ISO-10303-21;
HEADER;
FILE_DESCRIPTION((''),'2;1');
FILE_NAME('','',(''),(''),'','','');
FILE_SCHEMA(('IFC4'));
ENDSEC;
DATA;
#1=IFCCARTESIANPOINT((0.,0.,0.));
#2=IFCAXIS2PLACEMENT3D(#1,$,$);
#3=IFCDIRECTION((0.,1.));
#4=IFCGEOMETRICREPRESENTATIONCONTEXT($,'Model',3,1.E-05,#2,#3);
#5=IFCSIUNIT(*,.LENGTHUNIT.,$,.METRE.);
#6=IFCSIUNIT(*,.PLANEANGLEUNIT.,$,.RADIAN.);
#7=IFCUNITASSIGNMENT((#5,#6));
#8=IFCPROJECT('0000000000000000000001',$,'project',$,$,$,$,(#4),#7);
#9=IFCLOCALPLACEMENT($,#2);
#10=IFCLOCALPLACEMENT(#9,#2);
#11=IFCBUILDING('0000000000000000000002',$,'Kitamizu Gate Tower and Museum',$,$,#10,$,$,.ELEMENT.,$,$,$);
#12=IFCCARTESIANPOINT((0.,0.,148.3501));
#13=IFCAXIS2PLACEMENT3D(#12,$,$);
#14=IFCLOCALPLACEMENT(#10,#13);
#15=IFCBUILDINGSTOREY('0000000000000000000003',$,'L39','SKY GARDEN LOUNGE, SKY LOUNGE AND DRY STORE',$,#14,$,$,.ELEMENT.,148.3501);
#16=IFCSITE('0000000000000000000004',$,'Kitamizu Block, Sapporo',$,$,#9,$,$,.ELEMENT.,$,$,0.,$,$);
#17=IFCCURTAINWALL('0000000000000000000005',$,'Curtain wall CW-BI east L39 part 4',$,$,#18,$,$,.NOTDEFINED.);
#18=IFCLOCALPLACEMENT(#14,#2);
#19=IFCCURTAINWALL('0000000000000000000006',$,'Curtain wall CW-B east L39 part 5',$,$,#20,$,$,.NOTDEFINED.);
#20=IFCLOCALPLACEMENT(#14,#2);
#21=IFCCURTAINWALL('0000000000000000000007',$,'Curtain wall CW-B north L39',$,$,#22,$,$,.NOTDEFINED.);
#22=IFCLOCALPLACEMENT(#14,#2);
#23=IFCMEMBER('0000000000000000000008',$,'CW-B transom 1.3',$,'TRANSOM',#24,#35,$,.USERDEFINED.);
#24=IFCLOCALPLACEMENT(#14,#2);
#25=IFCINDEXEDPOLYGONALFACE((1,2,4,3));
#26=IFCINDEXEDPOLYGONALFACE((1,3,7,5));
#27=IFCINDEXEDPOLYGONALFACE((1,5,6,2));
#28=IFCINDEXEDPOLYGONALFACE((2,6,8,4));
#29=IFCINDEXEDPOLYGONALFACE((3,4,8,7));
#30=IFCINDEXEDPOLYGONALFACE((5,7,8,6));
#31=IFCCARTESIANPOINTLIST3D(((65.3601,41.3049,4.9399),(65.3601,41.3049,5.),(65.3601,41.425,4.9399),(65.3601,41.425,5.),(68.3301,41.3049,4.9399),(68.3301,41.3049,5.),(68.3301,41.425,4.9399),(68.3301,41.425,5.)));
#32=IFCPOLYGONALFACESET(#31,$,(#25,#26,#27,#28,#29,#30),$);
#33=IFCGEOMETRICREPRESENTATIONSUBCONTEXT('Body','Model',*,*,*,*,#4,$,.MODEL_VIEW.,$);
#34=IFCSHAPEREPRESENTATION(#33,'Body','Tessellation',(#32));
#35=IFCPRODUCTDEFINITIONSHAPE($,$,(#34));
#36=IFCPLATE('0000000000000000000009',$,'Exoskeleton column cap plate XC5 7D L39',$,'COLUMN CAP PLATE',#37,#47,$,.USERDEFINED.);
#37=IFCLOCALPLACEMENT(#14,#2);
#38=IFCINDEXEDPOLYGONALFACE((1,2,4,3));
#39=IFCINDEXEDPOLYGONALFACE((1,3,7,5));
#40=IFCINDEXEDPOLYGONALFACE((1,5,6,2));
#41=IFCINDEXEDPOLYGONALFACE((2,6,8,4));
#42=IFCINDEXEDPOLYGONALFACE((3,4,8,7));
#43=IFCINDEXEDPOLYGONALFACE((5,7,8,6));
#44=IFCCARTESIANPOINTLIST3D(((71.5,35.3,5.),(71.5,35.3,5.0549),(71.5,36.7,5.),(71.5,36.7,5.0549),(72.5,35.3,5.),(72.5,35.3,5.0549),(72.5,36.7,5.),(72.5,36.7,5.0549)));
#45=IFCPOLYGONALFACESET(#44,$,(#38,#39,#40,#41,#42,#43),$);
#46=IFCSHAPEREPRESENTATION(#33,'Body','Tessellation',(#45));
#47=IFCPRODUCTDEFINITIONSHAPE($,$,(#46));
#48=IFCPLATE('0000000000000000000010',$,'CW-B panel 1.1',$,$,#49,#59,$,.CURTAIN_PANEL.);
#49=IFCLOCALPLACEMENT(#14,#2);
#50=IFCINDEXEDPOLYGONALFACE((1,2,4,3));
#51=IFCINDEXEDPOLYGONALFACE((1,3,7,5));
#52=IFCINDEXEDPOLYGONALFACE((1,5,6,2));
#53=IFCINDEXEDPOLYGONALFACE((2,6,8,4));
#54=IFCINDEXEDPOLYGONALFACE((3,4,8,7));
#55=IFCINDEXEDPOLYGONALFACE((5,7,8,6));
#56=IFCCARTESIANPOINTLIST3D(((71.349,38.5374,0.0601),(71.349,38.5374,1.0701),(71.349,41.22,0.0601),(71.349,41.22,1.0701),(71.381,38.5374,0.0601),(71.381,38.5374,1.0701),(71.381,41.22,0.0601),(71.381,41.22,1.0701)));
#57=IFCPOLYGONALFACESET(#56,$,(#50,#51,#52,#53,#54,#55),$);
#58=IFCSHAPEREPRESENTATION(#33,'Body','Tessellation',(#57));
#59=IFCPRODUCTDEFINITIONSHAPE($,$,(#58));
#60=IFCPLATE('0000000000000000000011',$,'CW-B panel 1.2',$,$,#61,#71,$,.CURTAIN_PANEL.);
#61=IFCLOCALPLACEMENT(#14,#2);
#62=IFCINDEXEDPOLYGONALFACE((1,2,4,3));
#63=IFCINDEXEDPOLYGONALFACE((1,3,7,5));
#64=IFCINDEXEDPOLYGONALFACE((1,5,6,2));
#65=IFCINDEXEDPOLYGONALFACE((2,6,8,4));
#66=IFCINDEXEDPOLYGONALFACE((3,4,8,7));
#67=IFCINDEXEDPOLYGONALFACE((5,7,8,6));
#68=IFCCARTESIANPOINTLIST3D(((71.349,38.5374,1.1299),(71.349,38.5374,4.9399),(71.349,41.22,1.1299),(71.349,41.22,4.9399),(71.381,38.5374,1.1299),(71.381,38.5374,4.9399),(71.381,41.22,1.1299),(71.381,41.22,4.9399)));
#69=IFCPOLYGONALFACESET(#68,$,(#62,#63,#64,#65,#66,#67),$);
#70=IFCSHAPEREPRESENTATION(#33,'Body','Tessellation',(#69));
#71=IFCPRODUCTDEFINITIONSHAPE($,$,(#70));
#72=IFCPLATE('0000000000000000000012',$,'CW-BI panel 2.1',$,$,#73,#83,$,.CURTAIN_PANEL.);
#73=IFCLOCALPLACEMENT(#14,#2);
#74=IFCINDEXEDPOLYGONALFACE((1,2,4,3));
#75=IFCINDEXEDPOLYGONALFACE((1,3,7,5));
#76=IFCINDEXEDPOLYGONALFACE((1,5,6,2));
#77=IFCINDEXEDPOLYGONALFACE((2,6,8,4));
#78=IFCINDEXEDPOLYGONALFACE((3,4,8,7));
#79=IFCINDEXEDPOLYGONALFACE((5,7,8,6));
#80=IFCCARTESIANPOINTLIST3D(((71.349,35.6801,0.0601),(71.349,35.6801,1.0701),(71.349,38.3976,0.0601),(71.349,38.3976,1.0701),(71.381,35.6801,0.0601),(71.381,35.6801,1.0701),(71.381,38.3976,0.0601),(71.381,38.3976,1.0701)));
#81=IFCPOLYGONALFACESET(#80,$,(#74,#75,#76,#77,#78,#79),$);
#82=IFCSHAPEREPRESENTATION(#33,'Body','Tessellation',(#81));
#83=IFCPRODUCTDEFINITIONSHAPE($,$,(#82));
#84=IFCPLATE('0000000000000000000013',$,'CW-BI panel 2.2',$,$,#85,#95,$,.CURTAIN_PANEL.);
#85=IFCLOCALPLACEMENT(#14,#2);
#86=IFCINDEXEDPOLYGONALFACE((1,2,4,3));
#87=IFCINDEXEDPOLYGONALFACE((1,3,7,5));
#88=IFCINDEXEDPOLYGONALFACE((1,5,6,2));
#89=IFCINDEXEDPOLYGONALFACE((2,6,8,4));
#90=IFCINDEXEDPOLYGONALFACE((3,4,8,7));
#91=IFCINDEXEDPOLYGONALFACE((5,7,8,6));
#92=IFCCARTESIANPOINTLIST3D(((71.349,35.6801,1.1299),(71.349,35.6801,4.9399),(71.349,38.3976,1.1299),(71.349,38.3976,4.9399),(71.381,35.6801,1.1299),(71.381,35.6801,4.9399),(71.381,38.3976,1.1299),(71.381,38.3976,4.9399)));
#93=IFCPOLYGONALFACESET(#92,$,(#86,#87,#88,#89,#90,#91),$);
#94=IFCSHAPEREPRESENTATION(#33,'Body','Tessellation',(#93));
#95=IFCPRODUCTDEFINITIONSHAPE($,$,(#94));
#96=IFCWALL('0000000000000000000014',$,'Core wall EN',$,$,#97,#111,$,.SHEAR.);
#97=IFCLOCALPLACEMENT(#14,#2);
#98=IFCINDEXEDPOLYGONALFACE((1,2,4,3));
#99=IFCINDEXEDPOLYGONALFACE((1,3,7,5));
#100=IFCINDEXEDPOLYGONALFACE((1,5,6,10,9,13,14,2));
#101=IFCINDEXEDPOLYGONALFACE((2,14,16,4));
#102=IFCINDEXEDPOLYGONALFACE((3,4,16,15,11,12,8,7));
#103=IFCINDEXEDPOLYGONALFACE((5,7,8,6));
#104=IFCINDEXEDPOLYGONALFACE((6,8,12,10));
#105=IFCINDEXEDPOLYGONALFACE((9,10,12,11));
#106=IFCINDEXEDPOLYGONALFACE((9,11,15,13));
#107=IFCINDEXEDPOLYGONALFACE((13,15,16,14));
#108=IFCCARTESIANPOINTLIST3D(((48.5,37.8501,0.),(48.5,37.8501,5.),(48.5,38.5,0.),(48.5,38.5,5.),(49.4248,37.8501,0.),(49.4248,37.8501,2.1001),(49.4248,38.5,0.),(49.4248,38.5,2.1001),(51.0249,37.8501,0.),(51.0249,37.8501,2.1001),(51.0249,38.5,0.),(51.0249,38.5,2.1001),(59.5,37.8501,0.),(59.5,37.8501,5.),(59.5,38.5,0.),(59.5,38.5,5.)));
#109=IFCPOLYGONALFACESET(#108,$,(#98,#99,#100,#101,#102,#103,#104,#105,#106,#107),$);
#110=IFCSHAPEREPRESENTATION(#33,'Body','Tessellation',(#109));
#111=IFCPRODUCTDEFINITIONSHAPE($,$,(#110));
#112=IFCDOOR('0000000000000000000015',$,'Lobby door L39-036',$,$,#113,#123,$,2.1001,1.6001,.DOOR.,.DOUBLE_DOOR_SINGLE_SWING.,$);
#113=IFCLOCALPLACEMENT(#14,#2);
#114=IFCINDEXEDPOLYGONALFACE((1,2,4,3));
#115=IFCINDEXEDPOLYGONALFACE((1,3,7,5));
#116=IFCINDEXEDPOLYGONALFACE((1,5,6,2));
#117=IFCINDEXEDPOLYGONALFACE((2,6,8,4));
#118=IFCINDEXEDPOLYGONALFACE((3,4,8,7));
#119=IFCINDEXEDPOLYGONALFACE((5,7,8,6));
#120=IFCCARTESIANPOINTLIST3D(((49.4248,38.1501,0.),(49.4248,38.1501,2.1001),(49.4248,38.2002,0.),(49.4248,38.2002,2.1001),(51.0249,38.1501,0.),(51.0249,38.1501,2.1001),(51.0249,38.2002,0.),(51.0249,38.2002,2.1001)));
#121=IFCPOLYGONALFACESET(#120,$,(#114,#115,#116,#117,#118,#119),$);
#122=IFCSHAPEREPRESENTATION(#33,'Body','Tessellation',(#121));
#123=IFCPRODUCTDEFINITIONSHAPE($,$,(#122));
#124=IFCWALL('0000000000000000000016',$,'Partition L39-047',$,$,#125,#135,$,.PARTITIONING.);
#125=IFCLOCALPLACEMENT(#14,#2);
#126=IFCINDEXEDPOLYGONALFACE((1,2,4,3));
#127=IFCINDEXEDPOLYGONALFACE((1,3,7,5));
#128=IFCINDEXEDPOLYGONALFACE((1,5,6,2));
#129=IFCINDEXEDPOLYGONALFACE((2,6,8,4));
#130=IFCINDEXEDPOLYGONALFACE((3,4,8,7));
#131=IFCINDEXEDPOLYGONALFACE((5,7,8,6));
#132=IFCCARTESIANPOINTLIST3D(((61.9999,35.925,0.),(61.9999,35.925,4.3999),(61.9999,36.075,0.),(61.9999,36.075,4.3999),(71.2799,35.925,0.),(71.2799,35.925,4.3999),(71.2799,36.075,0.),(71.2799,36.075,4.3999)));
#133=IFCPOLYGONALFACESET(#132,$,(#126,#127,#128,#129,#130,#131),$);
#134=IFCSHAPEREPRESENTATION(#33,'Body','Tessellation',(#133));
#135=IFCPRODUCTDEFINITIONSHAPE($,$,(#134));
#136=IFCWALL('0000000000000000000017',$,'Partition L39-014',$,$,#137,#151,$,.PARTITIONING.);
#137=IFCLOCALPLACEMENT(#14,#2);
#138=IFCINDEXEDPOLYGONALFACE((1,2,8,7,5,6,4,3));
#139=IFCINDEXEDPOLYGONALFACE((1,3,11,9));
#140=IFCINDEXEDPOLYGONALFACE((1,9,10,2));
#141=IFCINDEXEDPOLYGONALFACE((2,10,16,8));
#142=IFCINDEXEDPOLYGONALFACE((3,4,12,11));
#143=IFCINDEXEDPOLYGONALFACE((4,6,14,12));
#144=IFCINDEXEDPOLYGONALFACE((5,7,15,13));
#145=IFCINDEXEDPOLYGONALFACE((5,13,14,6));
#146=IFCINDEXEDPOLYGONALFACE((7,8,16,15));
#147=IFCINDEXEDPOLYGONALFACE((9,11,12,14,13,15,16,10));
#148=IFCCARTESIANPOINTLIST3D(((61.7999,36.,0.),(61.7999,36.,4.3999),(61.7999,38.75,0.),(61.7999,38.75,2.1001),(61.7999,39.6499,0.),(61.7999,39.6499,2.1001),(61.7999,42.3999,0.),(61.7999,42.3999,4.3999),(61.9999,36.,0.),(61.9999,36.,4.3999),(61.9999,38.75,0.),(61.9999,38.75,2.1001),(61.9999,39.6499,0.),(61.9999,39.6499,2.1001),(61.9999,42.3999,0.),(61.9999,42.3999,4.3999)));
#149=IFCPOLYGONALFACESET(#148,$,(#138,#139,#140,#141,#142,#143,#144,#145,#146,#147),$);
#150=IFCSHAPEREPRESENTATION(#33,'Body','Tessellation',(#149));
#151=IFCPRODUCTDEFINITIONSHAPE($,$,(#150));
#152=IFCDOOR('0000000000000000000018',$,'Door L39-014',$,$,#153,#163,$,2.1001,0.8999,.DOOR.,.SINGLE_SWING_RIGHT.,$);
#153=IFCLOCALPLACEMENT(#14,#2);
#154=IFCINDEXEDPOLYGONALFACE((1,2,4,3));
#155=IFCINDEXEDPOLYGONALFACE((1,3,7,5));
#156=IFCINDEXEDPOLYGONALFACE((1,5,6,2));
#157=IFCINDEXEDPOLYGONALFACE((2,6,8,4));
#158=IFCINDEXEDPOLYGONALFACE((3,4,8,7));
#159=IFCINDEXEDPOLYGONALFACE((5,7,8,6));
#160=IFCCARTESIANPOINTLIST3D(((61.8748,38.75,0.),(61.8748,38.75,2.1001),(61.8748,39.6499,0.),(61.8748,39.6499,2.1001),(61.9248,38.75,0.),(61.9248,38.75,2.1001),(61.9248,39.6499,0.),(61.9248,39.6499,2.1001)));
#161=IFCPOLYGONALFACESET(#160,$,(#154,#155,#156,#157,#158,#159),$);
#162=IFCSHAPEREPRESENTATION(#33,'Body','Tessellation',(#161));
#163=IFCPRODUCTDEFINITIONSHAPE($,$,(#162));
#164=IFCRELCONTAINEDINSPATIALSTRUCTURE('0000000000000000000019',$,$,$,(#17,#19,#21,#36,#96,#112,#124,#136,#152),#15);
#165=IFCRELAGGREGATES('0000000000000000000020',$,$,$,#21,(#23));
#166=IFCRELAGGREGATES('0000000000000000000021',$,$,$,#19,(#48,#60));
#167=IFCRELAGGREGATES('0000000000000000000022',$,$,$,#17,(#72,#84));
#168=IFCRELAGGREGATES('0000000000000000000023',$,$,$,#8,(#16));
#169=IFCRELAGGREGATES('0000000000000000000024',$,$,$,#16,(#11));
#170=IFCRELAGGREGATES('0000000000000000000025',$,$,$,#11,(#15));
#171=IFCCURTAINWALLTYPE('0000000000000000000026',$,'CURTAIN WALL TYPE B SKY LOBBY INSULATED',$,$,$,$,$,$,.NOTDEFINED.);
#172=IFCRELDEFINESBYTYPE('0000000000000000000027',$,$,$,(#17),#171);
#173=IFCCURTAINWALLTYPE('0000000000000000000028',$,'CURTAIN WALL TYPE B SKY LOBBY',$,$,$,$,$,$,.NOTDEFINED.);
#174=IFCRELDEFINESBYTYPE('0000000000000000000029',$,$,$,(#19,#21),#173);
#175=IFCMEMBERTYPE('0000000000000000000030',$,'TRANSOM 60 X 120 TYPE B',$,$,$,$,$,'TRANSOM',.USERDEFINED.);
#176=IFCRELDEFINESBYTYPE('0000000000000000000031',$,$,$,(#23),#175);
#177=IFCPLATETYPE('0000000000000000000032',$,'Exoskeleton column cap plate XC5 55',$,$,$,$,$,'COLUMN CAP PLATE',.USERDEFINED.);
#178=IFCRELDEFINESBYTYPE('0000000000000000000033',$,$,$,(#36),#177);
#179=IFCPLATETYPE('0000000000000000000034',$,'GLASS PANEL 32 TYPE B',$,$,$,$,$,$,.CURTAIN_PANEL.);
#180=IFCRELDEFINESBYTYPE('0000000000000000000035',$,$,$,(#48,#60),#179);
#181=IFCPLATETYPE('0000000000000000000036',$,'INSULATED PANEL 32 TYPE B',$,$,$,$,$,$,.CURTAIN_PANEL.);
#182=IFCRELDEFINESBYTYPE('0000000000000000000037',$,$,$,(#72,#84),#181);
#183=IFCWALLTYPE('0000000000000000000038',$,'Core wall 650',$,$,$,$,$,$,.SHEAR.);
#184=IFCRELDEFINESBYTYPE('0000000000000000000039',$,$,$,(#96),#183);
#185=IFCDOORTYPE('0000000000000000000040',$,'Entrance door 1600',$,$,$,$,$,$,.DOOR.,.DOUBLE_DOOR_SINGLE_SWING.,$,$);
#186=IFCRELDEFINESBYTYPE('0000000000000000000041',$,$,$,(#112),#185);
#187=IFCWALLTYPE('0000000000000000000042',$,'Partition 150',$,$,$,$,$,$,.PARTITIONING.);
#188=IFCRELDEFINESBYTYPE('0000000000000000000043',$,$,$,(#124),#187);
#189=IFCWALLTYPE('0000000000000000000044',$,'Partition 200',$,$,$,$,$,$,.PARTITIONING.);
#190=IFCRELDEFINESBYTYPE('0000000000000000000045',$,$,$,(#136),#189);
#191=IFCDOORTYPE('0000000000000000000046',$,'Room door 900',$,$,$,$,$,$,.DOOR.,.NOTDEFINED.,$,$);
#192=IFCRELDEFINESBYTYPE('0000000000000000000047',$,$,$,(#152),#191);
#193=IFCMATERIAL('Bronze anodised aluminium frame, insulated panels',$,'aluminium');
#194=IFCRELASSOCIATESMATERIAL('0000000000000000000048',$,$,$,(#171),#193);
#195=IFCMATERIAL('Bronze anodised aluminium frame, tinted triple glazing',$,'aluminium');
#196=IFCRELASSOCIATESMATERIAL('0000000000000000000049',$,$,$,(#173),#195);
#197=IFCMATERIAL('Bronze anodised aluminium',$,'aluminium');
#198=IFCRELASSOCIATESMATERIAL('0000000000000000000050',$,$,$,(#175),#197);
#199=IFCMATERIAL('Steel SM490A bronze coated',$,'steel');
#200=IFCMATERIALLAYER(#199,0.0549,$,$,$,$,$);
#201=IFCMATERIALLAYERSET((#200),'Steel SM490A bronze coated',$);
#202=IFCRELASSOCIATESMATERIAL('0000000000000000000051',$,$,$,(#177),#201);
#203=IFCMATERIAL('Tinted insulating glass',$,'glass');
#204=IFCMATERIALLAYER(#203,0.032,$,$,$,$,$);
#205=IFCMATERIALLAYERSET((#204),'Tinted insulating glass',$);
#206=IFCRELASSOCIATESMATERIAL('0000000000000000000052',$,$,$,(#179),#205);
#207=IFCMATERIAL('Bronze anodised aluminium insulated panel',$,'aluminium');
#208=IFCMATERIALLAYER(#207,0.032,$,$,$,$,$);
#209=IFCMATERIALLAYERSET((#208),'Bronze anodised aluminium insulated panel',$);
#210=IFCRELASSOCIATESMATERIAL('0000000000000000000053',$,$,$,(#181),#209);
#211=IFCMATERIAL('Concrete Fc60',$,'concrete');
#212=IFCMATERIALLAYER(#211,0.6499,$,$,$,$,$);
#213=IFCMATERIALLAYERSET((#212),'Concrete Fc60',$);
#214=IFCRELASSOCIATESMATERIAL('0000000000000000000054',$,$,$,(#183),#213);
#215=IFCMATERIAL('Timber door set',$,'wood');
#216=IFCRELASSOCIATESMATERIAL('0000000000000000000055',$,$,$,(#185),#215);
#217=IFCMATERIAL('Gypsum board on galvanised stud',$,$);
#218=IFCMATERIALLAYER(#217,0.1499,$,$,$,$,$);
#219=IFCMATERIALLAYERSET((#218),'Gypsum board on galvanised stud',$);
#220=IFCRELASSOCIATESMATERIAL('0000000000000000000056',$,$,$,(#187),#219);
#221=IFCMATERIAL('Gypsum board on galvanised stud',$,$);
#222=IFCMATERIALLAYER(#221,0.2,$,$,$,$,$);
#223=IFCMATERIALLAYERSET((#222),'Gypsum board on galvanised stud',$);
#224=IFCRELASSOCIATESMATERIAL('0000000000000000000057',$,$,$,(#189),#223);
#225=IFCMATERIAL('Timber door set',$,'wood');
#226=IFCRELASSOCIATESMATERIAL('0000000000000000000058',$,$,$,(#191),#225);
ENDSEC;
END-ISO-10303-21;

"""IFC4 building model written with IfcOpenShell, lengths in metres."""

from ifc_helpers import new_model, si_unit, direction, frame, frame_2d, origin, origin_2d, place, context, subcontext, project, spatial, rectangle, extrude, material, layer, layer_set, material_profile, profile_set, type_object, element, fill, aggregate, save


model = new_model("IFC4")

# Units and contexts
model_context = context("Model", 3, precision=1e-05, world=origin(), true_north=direction((0.0, 1.0)))
body_context = subcontext(model_context, "Body", "Model", "MODEL_VIEW")
ifc_project = project(units=[si_unit("LENGTHUNIT", "METRE"), si_unit("PLANEANGLEUNIT", "RADIAN")], contexts=[model_context])

# Site, building, storey
site_placement = place(None, origin())
site = spatial("IfcSite", under=ifc_project, at=site_placement, Name="Kitamizu Block, Sapporo", CompositionType="ELEMENT", RefElevation=0.0)
building_placement = place(site_placement, origin())
building = spatial("IfcBuilding", under=site, at=building_placement, Name="Kitamizu Gate Tower and Museum", CompositionType="ELEMENT")
storey_placement = place(building_placement, frame((0.0, 0.0, 148.3501)))
storey = spatial("IfcBuildingStorey", under=building, at=storey_placement, Name="L39", Description="SKY GARDEN LOUNGE, SKY LOUNGE AND DRY STORE", CompositionType="ELEMENT", Elevation=148.3501)

# Curtain wall
ifc_material_1 = material(Name="Bronze anodised aluminium frame, insulated panels", Category="aluminium")
curtain_wall_type_1 = type_object("IfcCurtainWallType", Name="CURTAIN WALL TYPE B SKY LOBBY INSULATED", PredefinedType="NOTDEFINED", material=ifc_material_1)
curtain_wall_1_placement = place(storey_placement, origin())
curtain_wall_1 = element("IfcCurtainWall", 1, at=curtain_wall_1_placement, inside=storey, type_object=curtain_wall_type_1, Name="Curtain wall CW-BI east L39 part 4", PredefinedType="NOTDEFINED")

# Curtain wall
ifc_material_2 = material(Name="Bronze anodised aluminium frame, tinted triple glazing", Category="aluminium")
curtain_wall_type_2 = type_object("IfcCurtainWallType", Name="CURTAIN WALL TYPE B SKY LOBBY", PredefinedType="NOTDEFINED", material=ifc_material_2)
curtain_wall_2_placement = place(storey_placement, origin())
curtain_wall_2 = element("IfcCurtainWall", 2, at=curtain_wall_2_placement, inside=storey, type_object=curtain_wall_type_2, Name="Curtain wall CW-B east L39 part 5", PredefinedType="NOTDEFINED")

# Curtain wall
curtain_wall_3_placement = place(storey_placement, origin())
curtain_wall_3 = element("IfcCurtainWall", 3, at=curtain_wall_3_placement, inside=storey, type_object=curtain_wall_type_2, Name="Curtain wall CW-B north L39", PredefinedType="NOTDEFINED")

# Member
ifc_material_3 = material(Name="Bronze anodised aluminium", Category="aluminium")
ifc_material_profile_1 = material_profile(ifc_material_3, rectangle(XDim=0.1201, YDim=0.0601, at=origin_2d()), Name="AL 60X120")
ifc_profile_set_1 = profile_set([ifc_material_profile_1], Name="Bronze anodised aluminium")
member_type_1 = type_object("IfcMemberType", Name="TRANSOM 60 X 120 TYPE B", ElementType="TRANSOM", PredefinedType="USERDEFINED", material=ifc_profile_set_1)
member_1_placement = place(storey_placement, frame((65.3601, 41.365, 4.97), z_axis=(1.0, 0.0, 0.0), x_axis=(0.0, 1.0, 0.0)))
member_1 = element("IfcMember", 4, at=member_1_placement, type_object=member_type_1, Name="CW-B transom 1.3", ObjectType="TRANSOM", PredefinedType="USERDEFINED", context=body_context, shape_type="SweptSolid", body=[
    extrude(rectangle(XDim=0.1201, YDim=0.0601, at=origin_2d()), origin(), (0.0, 0.0, 1.0), 2.97),
])
aggregate(curtain_wall_3, [member_1])

# Plates
ifc_material_4 = material(Name="Steel SM490A bronze coated", Category="steel")
ifc_layer_1 = layer(ifc_material_4, 0.0549)
ifc_layer_set_1 = layer_set([ifc_layer_1], Name="Steel SM490A bronze coated")
plate_type_1 = type_object("IfcPlateType", Name="Exoskeleton column cap plate XC5 55", ElementType="COLUMN CAP PLATE", PredefinedType="USERDEFINED", material=ifc_layer_set_1)
plate_1_placement = place(storey_placement, frame((72.0, 36.0, 5.0), z_axis=(0.0, 0.0, 1.0), x_axis=(0.0, 1.0, 0.0)))
element("IfcPlate", 5, at=plate_1_placement, inside=storey, type_object=plate_type_1, Name="Exoskeleton column cap plate XC5 7D L39", ObjectType="COLUMN CAP PLATE", PredefinedType="USERDEFINED", context=body_context, shape_type="SweptSolid", body=[
    extrude(rectangle(XDim=1.3999, YDim=1.0, at=origin_2d()), origin(), (0.0, 0.0, 1.0), 0.0549),
])
ifc_material_5 = material(Name="Tinted insulating glass", Category="glass")
ifc_layer_2 = layer(ifc_material_5, 0.032)
ifc_layer_set_2 = layer_set([ifc_layer_2], Name="Tinted insulating glass")
plate_type_2 = type_object("IfcPlateType", Name="GLASS PANEL 32 TYPE B", PredefinedType="CURTAIN_PANEL", material=ifc_layer_set_2)
plate_2_placement = place(storey_placement, frame((71.365, 39.8787, 0.0601), z_axis=(0.0, 0.0, 1.0), x_axis=(0.0, 1.0, 0.0)))
plate_2 = element("IfcPlate", 6, at=plate_2_placement, type_object=plate_type_2, Name="CW-B panel 1.1", PredefinedType="CURTAIN_PANEL", context=body_context, shape_type="SweptSolid", body=[
    extrude(rectangle(XDim=2.6826, YDim=0.032, at=origin_2d()), origin(), (0.0, 0.0, 1.0), 1.01),
])
plate_3_placement = place(storey_placement, frame((71.365, 39.8787, 1.1299), z_axis=(0.0, 0.0, 1.0), x_axis=(0.0, 1.0, 0.0)))
plate_3 = element("IfcPlate", 7, at=plate_3_placement, type_object=plate_type_2, Name="CW-B panel 1.2", PredefinedType="CURTAIN_PANEL", context=body_context, shape_type="SweptSolid", body=[
    extrude(rectangle(XDim=2.6826, YDim=0.032, at=origin_2d()), origin(), (0.0, 0.0, 1.0), 3.8101),
])
aggregate(curtain_wall_2, [plate_2, plate_3])
ifc_material_6 = material(Name="Bronze anodised aluminium insulated panel", Category="aluminium")
ifc_layer_3 = layer(ifc_material_6, 0.032)
ifc_layer_set_3 = layer_set([ifc_layer_3], Name="Bronze anodised aluminium insulated panel")
plate_type_3 = type_object("IfcPlateType", Name="INSULATED PANEL 32 TYPE B", PredefinedType="CURTAIN_PANEL", material=ifc_layer_set_3)
plate_4_placement = place(storey_placement, frame((71.365, 37.0388, 0.0601), z_axis=(0.0, 0.0, 1.0), x_axis=(0.0, 1.0, 0.0)))
plate_4 = element("IfcPlate", 8, at=plate_4_placement, type_object=plate_type_3, Name="CW-BI panel 2.1", PredefinedType="CURTAIN_PANEL", context=body_context, shape_type="SweptSolid", body=[
    extrude(rectangle(XDim=2.7175, YDim=0.032, at=origin_2d()), origin(), (0.0, 0.0, 1.0), 1.01),
])
plate_5_placement = place(storey_placement, frame((71.365, 37.0388, 1.1299), z_axis=(0.0, 0.0, 1.0), x_axis=(0.0, 1.0, 0.0)))
plate_5 = element("IfcPlate", 9, at=plate_5_placement, type_object=plate_type_3, Name="CW-BI panel 2.2", PredefinedType="CURTAIN_PANEL", context=body_context, shape_type="SweptSolid", body=[
    extrude(rectangle(XDim=2.7175, YDim=0.032, at=origin_2d()), origin(), (0.0, 0.0, 1.0), 3.8101),
])
aggregate(curtain_wall_1, [plate_4, plate_5])

# Wall, opening, door
ifc_material_7 = material(Name="Concrete Fc60", Category="concrete")
ifc_layer_4 = layer(ifc_material_7, 0.6499)
ifc_layer_set_4 = layer_set([ifc_layer_4], Name="Concrete Fc60")
wall_type_1 = type_object("IfcWallType", Name="Core wall 650", PredefinedType="SHEAR", material=ifc_layer_set_4)
wall_1_placement = place(storey_placement, frame((59.5, 38.175, 0.0), z_axis=(0.0, 0.0, 1.0), x_axis=(-1.0, 0.0, 0.0)))
wall_1 = element("IfcWall", 10, at=wall_1_placement, inside=storey, type_object=wall_type_1, Name="Core wall EN", PredefinedType="SHEAR", context=body_context, shape_type="SweptSolid", body=[
    extrude(rectangle(XDim=11.0, YDim=0.6499, at=frame_2d((5.5, 0.0))), origin(), (0.0, 0.0, 1.0), 5.0),
])
opening_1_placement = place(wall_1_placement, frame((8.4751, 0.0, 0.0)))
opening_1 = element("IfcOpeningElement", 11, at=opening_1_placement, cuts=wall_1, PredefinedType="OPENING", context=body_context, shape_type="SweptSolid", body=[
    extrude(rectangle(XDim=1.6001, YDim=2.1001, at=frame_2d((0.8, 1.05))), frame((0.0, 0.335, 0.0), z_axis=(0.0, -1.0, 0.0), x_axis=(1.0, 0.0, 0.0)), (0.0, 0.0, 1.0), 0.6699),
])
ifc_material_8 = material(Name="Timber door set", Category="wood")
door_type_1 = type_object("IfcDoorType", Name="Entrance door 1600", OperationType="DOUBLE_DOOR_SINGLE_SWING", PredefinedType="DOOR", material=ifc_material_8)
door_1_placement = place(opening_1_placement, origin())
door_1 = element("IfcDoor", 12, at=door_1_placement, inside=storey, type_object=door_type_1, Name="Lobby door L39-036", OperationType="DOUBLE_DOOR_SINGLE_SWING", OverallHeight=2.1001, OverallWidth=1.6001, PredefinedType="DOOR", context=body_context, shape_type="SweptSolid", body=[
    extrude(rectangle(XDim=1.6001, YDim=2.1001, at=frame_2d((0.8, 1.05))), frame((0.0, 0.0249, 0.0), z_axis=(0.0, -1.0, 0.0), x_axis=(1.0, 0.0, 0.0)), (0.0, 0.0, 1.0), 0.05),
])
fill(opening_1, door_1)

# Wall
ifc_material_9 = material(Name="Gypsum board on galvanised stud")
ifc_layer_5 = layer(ifc_material_9, 0.1499)
ifc_layer_set_5 = layer_set([ifc_layer_5], Name="Gypsum board on galvanised stud")
wall_type_2 = type_object("IfcWallType", Name="Partition 150", PredefinedType="PARTITIONING", material=ifc_layer_set_5)
wall_2_placement = place(storey_placement, frame((71.28, 36.0, 0.0), z_axis=(0.0, 0.0, 1.0), x_axis=(-1.0, 0.0, 0.0)))
element("IfcWall", 13, at=wall_2_placement, inside=storey, type_object=wall_type_2, Name="Partition L39-047", PredefinedType="PARTITIONING", context=body_context, shape_type="SweptSolid", body=[
    extrude(rectangle(XDim=9.28, YDim=0.1499, at=frame_2d((4.6401, 0.0))), origin(), (0.0, 0.0, 1.0), 4.3999),
])

# Wall, opening, door
ifc_material_10 = material(Name="Gypsum board on galvanised stud")
ifc_layer_6 = layer(ifc_material_10, 0.2)
ifc_layer_set_6 = layer_set([ifc_layer_6], Name="Gypsum board on galvanised stud")
wall_type_3 = type_object("IfcWallType", Name="Partition 200", PredefinedType="PARTITIONING", material=ifc_layer_set_6)
wall_3_placement = place(storey_placement, frame((61.8999, 36.0, 0.0), z_axis=(0.0, 0.0, 1.0), x_axis=(0.0, 1.0, 0.0)))
wall_3 = element("IfcWall", 14, at=wall_3_placement, inside=storey, type_object=wall_type_3, Name="Partition L39-014", PredefinedType="PARTITIONING", context=body_context, shape_type="SweptSolid", body=[
    extrude(rectangle(XDim=6.3999, YDim=0.2, at=frame_2d((3.2, 0.0))), origin(), (0.0, 0.0, 1.0), 4.3999),
])
opening_2_placement = place(wall_3_placement, frame((2.75, 0.0, 0.0)))
opening_2 = element("IfcOpeningElement", 15, at=opening_2_placement, cuts=wall_3, PredefinedType="OPENING", context=body_context, shape_type="SweptSolid", body=[
    extrude(rectangle(XDim=0.8999, YDim=2.1001, at=frame_2d((0.45, 1.05))), frame((0.0, 0.1099, 0.0), z_axis=(0.0, -1.0, 0.0), x_axis=(1.0, 0.0, 0.0)), (0.0, 0.0, 1.0), 0.22),
])
ifc_material_11 = material(Name="Timber door set", Category="wood")
door_type_2 = type_object("IfcDoorType", Name="Room door 900", OperationType="NOTDEFINED", PredefinedType="DOOR", material=ifc_material_11)
door_2_placement = place(opening_2_placement, frame((0.8999, 0.0, 0.0), x_axis=(-1.0, 0.0, 0.0)))
door_2 = element("IfcDoor", 16, at=door_2_placement, inside=storey, type_object=door_type_2, Name="Door L39-014", OperationType="SINGLE_SWING_RIGHT", OverallHeight=2.1001, OverallWidth=0.8999, PredefinedType="DOOR", context=body_context, shape_type="SweptSolid", body=[
    extrude(rectangle(XDim=0.8999, YDim=2.1001, at=frame_2d((0.45, 1.05))), frame((0.0, 0.0249, 0.0), z_axis=(0.0, -1.0, 0.0), x_axis=(1.0, 0.0, 0.0)), (0.0, 0.0, 1.0), 0.05),
])
fill(opening_2, door_2)

save(model, "model.ifc")
